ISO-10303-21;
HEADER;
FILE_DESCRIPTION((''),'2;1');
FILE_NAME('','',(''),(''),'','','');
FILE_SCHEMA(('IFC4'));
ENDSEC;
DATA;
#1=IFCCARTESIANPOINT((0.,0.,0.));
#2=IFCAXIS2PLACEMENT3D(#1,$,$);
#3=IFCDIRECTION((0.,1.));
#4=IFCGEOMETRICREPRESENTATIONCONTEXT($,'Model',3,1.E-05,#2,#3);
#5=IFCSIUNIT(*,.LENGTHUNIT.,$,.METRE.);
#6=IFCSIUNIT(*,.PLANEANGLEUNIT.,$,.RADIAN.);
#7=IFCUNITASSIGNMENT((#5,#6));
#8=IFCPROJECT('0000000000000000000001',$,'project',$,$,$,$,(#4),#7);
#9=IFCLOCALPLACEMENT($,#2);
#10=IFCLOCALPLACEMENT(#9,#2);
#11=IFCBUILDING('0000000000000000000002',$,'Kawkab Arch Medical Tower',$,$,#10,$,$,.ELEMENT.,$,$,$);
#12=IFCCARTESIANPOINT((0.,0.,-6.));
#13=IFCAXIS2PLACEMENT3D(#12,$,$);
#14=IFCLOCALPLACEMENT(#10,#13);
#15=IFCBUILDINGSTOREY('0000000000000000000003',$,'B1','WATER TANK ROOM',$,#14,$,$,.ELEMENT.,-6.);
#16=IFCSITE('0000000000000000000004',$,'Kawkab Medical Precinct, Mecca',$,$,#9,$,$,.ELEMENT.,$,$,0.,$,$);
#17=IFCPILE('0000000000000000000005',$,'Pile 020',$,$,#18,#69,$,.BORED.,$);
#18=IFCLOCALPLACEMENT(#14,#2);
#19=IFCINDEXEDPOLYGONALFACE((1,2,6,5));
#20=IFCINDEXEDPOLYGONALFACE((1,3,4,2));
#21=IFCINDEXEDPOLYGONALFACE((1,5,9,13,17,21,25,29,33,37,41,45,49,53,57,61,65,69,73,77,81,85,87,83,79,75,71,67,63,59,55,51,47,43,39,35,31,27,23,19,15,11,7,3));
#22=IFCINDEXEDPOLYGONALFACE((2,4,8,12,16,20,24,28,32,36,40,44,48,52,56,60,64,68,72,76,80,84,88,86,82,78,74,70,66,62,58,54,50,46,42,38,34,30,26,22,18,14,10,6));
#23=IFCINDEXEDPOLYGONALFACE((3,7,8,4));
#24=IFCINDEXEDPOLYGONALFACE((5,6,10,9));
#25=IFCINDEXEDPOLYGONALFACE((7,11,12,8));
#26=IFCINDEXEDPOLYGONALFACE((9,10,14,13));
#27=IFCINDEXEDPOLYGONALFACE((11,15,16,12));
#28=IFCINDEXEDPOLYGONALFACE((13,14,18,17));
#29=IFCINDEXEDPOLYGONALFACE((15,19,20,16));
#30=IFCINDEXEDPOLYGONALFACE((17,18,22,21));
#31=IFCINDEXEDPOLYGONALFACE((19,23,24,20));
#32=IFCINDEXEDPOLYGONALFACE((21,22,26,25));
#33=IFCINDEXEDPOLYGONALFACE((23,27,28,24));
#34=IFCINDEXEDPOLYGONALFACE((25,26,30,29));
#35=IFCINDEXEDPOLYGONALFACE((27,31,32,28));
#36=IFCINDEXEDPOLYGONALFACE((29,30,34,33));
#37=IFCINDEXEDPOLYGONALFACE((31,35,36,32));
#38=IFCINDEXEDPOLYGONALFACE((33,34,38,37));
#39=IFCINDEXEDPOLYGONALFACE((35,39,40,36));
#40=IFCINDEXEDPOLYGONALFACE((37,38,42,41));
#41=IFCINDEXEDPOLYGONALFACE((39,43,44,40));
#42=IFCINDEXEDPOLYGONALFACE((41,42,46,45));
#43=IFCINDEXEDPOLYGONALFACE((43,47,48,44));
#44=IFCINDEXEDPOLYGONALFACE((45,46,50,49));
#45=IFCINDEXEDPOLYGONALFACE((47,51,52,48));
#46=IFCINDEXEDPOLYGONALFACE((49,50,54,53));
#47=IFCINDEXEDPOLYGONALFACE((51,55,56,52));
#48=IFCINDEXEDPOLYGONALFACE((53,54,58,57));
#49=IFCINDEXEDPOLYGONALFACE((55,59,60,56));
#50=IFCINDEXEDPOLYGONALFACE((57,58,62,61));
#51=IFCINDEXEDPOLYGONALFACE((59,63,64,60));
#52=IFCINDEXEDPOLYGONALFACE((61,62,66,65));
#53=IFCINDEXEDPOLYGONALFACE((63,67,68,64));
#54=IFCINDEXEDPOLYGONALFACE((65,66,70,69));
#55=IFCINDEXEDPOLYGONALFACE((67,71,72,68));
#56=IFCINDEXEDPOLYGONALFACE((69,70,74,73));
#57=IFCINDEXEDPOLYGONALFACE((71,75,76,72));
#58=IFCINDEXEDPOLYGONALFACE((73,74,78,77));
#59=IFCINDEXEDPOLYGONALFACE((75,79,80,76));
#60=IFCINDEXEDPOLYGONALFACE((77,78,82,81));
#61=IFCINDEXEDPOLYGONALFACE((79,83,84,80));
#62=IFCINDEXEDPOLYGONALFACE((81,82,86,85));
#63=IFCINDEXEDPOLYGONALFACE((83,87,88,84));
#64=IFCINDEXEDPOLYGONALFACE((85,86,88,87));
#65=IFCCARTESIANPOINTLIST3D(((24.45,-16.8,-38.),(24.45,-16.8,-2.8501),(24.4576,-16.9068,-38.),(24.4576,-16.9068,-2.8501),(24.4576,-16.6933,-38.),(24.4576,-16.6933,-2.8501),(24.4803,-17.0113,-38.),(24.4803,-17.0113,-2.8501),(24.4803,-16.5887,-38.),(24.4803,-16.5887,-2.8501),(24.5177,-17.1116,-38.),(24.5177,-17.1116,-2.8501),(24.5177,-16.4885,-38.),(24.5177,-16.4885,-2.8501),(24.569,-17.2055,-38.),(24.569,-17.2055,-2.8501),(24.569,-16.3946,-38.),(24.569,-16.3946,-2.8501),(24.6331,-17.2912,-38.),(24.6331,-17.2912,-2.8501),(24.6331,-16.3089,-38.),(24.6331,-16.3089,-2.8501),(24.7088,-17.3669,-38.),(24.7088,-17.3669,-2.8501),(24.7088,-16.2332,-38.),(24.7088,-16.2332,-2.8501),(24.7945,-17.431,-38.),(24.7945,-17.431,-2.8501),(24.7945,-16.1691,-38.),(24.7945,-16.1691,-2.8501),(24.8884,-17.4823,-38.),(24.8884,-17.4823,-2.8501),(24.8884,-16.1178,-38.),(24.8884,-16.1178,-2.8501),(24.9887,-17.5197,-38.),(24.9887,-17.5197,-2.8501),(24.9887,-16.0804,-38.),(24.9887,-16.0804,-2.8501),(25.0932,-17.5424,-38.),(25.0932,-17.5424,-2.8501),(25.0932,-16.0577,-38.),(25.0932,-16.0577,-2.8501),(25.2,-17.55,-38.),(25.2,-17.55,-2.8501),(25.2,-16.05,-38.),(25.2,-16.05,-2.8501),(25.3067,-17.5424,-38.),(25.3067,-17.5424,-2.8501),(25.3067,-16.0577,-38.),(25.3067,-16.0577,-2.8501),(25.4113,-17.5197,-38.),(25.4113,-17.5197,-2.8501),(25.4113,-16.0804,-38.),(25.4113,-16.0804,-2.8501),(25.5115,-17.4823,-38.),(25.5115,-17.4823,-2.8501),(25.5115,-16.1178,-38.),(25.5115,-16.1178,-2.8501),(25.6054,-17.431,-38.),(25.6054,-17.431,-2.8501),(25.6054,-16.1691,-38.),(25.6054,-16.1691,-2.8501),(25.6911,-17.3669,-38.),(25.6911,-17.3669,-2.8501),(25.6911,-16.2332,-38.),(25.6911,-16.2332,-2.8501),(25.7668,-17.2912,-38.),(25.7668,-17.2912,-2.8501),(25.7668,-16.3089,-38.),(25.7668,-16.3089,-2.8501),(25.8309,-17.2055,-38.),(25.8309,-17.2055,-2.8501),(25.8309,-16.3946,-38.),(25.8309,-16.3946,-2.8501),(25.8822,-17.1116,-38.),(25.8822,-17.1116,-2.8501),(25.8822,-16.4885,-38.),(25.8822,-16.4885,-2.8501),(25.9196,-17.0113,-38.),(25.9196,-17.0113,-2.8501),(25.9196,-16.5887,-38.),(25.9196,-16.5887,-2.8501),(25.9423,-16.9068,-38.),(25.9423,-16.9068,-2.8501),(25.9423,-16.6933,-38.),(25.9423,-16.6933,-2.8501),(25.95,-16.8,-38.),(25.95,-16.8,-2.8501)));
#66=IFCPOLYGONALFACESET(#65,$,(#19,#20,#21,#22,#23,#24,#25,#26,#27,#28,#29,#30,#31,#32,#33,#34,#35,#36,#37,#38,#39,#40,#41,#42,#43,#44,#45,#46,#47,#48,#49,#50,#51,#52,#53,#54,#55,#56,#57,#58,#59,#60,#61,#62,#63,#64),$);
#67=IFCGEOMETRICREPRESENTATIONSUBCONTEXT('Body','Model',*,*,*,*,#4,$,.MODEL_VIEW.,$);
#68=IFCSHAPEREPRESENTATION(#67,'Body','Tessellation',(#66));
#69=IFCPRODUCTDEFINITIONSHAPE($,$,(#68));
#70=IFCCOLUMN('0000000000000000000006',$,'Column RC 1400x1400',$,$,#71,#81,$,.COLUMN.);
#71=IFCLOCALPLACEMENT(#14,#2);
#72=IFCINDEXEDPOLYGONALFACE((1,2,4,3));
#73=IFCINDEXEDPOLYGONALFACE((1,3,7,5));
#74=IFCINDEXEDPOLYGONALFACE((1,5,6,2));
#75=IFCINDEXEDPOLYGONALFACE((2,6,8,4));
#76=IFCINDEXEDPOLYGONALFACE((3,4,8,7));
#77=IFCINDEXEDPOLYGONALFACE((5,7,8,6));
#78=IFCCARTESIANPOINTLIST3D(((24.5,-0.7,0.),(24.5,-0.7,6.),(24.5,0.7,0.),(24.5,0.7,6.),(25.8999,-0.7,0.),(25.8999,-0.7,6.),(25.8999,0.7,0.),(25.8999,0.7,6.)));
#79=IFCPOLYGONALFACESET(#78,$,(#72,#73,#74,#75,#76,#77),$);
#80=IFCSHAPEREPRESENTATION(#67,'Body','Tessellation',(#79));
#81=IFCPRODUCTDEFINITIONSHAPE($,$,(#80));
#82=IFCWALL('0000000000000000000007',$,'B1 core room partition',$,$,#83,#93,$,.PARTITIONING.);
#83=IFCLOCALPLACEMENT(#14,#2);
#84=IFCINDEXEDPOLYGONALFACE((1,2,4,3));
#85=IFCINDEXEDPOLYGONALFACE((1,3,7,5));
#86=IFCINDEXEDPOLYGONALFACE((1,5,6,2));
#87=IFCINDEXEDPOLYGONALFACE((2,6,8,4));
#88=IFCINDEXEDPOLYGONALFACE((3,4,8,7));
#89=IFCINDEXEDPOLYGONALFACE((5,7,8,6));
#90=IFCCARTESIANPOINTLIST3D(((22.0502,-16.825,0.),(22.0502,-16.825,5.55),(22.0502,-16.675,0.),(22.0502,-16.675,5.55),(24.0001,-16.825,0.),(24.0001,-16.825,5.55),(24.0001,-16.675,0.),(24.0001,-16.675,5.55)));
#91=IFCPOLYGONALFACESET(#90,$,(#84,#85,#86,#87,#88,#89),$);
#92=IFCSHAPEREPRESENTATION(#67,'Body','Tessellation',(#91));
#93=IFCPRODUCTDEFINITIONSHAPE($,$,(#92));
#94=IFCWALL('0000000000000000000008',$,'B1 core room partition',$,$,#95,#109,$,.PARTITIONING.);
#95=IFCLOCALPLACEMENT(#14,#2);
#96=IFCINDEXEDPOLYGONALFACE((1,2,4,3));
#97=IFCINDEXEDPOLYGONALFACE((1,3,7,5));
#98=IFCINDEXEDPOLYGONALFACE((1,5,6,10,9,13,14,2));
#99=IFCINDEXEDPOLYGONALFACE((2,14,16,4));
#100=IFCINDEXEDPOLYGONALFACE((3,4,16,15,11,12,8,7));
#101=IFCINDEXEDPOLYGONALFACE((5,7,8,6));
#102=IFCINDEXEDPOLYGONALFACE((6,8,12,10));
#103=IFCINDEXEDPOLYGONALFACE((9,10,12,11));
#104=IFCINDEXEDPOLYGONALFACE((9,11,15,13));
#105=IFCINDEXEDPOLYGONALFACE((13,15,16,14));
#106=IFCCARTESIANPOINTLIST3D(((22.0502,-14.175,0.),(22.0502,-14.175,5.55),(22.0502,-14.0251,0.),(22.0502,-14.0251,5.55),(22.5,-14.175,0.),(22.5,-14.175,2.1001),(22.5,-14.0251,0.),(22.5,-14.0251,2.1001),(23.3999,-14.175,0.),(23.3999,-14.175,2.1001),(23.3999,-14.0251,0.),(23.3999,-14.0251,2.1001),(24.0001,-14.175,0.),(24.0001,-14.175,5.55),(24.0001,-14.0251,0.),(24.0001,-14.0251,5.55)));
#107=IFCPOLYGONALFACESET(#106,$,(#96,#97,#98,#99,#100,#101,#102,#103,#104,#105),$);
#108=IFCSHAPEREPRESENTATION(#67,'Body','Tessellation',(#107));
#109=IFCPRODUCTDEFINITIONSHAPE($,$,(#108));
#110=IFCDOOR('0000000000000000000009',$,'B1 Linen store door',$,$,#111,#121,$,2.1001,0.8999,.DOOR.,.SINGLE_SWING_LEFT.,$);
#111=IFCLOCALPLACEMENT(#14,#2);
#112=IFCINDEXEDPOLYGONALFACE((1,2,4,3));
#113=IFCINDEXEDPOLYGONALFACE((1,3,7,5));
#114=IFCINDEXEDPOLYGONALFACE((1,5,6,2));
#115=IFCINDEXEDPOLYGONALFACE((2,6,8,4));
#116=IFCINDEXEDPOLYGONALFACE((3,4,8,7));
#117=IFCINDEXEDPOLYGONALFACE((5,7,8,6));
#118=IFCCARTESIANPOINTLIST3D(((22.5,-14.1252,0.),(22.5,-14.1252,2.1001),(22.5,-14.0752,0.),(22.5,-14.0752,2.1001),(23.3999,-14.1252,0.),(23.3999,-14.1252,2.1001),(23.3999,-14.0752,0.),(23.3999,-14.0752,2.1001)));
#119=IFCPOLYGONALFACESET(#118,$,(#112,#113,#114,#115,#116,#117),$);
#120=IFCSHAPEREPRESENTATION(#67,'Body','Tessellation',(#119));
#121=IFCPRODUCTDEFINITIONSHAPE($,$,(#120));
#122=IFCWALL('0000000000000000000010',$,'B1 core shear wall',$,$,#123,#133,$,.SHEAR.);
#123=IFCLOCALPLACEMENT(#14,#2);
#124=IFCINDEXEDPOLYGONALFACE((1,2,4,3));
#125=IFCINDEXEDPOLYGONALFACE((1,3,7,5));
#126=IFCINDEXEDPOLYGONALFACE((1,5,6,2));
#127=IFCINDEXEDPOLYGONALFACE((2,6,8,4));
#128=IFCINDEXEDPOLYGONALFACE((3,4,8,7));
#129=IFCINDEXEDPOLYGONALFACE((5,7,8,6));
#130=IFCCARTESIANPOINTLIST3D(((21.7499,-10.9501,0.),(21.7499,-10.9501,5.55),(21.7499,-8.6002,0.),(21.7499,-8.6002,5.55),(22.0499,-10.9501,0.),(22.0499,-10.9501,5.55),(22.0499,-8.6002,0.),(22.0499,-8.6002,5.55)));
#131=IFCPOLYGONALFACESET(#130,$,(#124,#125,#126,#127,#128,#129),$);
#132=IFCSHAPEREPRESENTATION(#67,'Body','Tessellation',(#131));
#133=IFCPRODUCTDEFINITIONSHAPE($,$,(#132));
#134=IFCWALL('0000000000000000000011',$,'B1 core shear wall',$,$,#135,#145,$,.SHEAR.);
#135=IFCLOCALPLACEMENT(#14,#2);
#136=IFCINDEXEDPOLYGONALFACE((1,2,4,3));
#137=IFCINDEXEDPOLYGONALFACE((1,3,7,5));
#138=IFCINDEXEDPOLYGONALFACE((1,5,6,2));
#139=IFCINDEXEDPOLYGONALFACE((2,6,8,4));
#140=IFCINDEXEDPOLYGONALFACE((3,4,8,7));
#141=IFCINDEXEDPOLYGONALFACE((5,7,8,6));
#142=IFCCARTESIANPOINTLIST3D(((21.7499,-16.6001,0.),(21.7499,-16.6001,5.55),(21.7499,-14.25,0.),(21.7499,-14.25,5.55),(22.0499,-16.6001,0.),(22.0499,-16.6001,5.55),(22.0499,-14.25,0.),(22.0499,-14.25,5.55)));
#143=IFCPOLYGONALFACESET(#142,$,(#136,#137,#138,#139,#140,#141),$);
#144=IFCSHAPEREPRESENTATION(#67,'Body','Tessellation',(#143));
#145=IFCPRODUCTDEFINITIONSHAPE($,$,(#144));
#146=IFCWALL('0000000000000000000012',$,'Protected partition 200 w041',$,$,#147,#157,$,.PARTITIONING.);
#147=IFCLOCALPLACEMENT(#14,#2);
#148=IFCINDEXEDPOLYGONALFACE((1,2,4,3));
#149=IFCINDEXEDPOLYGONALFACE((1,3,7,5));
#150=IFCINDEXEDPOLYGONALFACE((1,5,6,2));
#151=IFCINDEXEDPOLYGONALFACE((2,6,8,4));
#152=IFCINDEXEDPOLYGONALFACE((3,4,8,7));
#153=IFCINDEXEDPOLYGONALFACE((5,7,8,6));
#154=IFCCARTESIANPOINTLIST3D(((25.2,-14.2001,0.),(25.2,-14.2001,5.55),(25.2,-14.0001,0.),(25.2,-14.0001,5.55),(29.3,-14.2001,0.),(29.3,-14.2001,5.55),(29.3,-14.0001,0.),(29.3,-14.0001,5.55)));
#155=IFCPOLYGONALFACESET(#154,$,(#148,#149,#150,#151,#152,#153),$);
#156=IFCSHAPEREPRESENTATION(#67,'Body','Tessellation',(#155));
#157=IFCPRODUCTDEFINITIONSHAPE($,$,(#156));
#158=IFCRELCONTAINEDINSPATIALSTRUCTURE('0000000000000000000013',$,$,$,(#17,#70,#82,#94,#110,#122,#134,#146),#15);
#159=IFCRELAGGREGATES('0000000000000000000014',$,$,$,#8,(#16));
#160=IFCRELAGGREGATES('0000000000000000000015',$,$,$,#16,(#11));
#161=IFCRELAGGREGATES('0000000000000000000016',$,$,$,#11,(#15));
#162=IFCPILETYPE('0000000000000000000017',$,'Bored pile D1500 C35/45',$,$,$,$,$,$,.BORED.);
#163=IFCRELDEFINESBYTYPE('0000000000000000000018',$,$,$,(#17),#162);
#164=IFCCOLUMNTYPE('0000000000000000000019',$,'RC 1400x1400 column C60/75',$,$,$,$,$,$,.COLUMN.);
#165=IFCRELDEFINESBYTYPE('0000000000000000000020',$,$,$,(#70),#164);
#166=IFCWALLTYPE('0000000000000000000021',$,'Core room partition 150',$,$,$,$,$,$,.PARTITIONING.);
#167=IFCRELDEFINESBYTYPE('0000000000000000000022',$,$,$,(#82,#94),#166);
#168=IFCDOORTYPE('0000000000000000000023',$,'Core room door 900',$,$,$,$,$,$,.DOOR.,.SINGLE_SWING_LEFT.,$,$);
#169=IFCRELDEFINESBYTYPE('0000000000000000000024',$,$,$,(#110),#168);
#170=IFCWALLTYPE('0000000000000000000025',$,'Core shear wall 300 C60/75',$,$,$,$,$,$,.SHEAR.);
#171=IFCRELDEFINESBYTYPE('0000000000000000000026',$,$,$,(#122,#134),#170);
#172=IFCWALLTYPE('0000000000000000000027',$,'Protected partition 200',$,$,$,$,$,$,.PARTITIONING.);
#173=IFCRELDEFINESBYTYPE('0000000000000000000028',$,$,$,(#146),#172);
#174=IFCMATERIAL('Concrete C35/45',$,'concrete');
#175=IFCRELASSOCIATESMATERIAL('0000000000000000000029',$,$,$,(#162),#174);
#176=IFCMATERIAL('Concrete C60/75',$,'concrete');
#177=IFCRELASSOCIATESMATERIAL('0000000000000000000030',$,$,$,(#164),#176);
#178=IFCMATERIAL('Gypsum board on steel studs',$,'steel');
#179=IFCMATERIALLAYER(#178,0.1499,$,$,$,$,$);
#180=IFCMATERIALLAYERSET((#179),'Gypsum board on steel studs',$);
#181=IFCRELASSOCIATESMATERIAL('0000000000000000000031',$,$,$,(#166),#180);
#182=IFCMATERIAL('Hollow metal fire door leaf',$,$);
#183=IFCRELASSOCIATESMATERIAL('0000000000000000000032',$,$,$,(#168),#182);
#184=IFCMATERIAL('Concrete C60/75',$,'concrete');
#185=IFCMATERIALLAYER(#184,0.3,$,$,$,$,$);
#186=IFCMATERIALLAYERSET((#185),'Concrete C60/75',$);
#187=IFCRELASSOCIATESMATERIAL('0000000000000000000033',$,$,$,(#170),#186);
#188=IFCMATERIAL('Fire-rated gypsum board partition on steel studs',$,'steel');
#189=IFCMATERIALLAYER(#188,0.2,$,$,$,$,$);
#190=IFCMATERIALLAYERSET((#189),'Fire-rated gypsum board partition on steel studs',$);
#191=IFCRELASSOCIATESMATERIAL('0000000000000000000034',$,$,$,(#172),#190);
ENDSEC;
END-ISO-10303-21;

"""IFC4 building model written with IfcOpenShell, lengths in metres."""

from ifc_helpers import new_model, si_unit, direction, frame, frame_2d, origin, origin_2d, place, context, subcontext, project, spatial, rectangle, circle, extrude, material, layer, layer_set, material_profile, profile_set, type_object, element, fill, save


model = new_model("IFC4")

# Units and contexts
model_context = context("Model", 3, precision=1e-05, world=origin(), true_north=direction((0.0, 1.0)))
body_context = subcontext(model_context, "Body", "Model", "MODEL_VIEW")
ifc_project = project(units=[si_unit("LENGTHUNIT", "METRE"), si_unit("PLANEANGLEUNIT", "RADIAN")], contexts=[model_context])

# Site, building, storey
site_placement = place(None, origin())
site = spatial("IfcSite", under=ifc_project, at=site_placement, Name="Kawkab Medical Precinct, Mecca", CompositionType="ELEMENT", RefElevation=0.0)
building_placement = place(site_placement, origin())
building = spatial("IfcBuilding", under=site, at=building_placement, Name="Kawkab Arch Medical Tower", CompositionType="ELEMENT")
storey_placement = place(building_placement, frame((0.0, 0.0, -6.0)))
storey = spatial("IfcBuildingStorey", under=building, at=storey_placement, Name="B1", Description="WATER TANK ROOM", CompositionType="ELEMENT", Elevation=-6.0)

# Pile
ifc_material_1 = material(Name="Concrete C35/45", Category="concrete")
ifc_material_profile_1 = material_profile(ifc_material_1, circle(Radius=0.75, at=origin_2d()), Name="Bored pile D1500")
ifc_profile_set_1 = profile_set([ifc_material_profile_1], Name="Concrete C35/45")
pile_type_1 = type_object("IfcPileType", Name="Bored pile D1500 C35/45", PredefinedType="BORED", material=ifc_profile_set_1)
for number, where, z_axis, x_axis, name in (
    (1, (25.2, -16.8, -2.8501), (0.0, 0.0, -1.0), (1.0, 0.0, 0.0), "Pile 020"),
):
    element("IfcPile", number, at=place(storey_placement, frame(where, z_axis=z_axis, x_axis=x_axis)), inside=storey, type_object=pile_type_1, Name=name, PredefinedType="BORED", context=body_context, shape_type="SweptSolid", body=[
        extrude(circle(Radius=0.75, at=origin_2d()), origin(), (0.0, 0.0, 1.0), 35.1499),
    ])

# Column
ifc_material_2 = material(Name="Concrete C60/75", Category="concrete")
ifc_material_profile_2 = material_profile(ifc_material_2, rectangle(XDim=1.3999, YDim=1.3999, at=origin_2d()), Name="RC 1400x1400")
ifc_profile_set_2 = profile_set([ifc_material_profile_2], Name="Concrete C60/75")
column_type = type_object("IfcColumnType", Name="RC 1400x1400 column C60/75", PredefinedType="COLUMN", material=ifc_profile_set_2)
column_placement = place(storey_placement, frame((25.2, 0.0, 0.0), z_axis=(0.0, 0.0, 1.0), x_axis=(1.0, 0.0, 0.0)))
element("IfcColumn", 2, at=column_placement, inside=storey, type_object=column_type, Name="Column RC 1400x1400", PredefinedType="COLUMN", context=body_context, shape_type="SweptSolid", body=[
    extrude(rectangle(XDim=1.3999, YDim=1.3999, at=origin_2d()), origin(), (0.0, 0.0, 1.0), 6.0),
])

# Wall
ifc_material_3 = material(Name="Gypsum board on steel studs", Category="steel")
ifc_layer_1 = layer(ifc_material_3, 0.1499)
ifc_layer_set_1 = layer_set([ifc_layer_1], Name="Gypsum board on steel studs")
wall_type_1 = type_object("IfcWallType", Name="Core room partition 150", PredefinedType="PARTITIONING", material=ifc_layer_set_1)
wall_1_placement = place(storey_placement, frame((22.05, -16.75, 0.0), z_axis=(0.0, 0.0, 1.0), x_axis=(1.0, 0.0, 0.0)))
element("IfcWall", 3, at=wall_1_placement, inside=storey, type_object=wall_type_1, Name="B1 core room partition", PredefinedType="PARTITIONING", context=body_context, shape_type="SweptSolid", body=[
    extrude(rectangle(XDim=1.95, YDim=0.1499, at=frame_2d((0.9751, 0.0))), origin(), (0.0, 0.0, 1.0), 5.55),
])

# Wall, opening, door
wall_2_placement = place(storey_placement, frame((22.05, -14.1001, 0.0), z_axis=(0.0, 0.0, 1.0), x_axis=(1.0, 0.0, 0.0)))
wall_2 = element("IfcWall", 4, at=wall_2_placement, inside=storey, type_object=wall_type_1, Name="B1 core room partition", PredefinedType="PARTITIONING", context=body_context, shape_type="SweptSolid", body=[
    extrude(rectangle(XDim=1.95, YDim=0.1499, at=frame_2d((0.9751, 0.0))), origin(), (0.0, 0.0, 1.0), 5.55),
])
opening_1_placement = place(wall_2_placement, frame((0.45, 0.0, 0.0)))
opening_1 = element("IfcOpeningElement", 5, at=opening_1_placement, cuts=wall_2, PredefinedType="OPENING", context=body_context, shape_type="SweptSolid", body=[
    extrude(rectangle(XDim=0.8999, YDim=2.1001, at=frame_2d((0.45, 1.05))), frame((0.0, 0.085, 0.0), z_axis=(0.0, -1.0, 0.0), x_axis=(1.0, 0.0, 0.0)), (0.0, 0.0, 1.0), 0.1699),
])
ifc_material_4 = material(Name="Hollow metal fire door leaf")
door_type_1 = type_object("IfcDoorType", Name="Core room door 900", OperationType="SINGLE_SWING_LEFT", PredefinedType="DOOR", material=ifc_material_4)
door_1_placement = place(opening_1_placement, origin())
door_1 = element("IfcDoor", 6, at=door_1_placement, inside=storey, type_object=door_type_1, Name="B1 Linen store door", OperationType="SINGLE_SWING_LEFT", OverallHeight=2.1001, OverallWidth=0.8999, PredefinedType="DOOR", context=body_context, shape_type="SweptSolid", body=[
    extrude(rectangle(XDim=0.8999, YDim=2.1001, at=frame_2d((0.45, 1.05))), frame((0.0, 0.0249, 0.0), z_axis=(0.0, -1.0, 0.0), x_axis=(1.0, 0.0, 0.0)), (0.0, 0.0, 1.0), 0.05),
])
fill(opening_1, door_1)

# Walls
ifc_material_5 = material(Name="Concrete C60/75", Category="concrete")
ifc_layer_2 = layer(ifc_material_5, 0.3)
ifc_layer_set_2 = layer_set([ifc_layer_2], Name="Concrete C60/75")
wall_type_2 = type_object("IfcWallType", Name="Core shear wall 300 C60/75", PredefinedType="SHEAR", material=ifc_layer_set_2)
wall_3_placement = place(storey_placement, frame((21.8999, -10.95, 0.0), z_axis=(0.0, 0.0, 1.0), x_axis=(0.0, 1.0, 0.0)))
element("IfcWall", 7, at=wall_3_placement, inside=storey, type_object=wall_type_2, Name="B1 core shear wall", PredefinedType="SHEAR", context=body_context, shape_type="SweptSolid", body=[
    extrude(rectangle(XDim=2.3499, YDim=0.3, at=frame_2d((1.1748, 0.0))), origin(), (0.0, 0.0, 1.0), 5.55),
])
wall_4_placement = place(storey_placement, frame((21.8999, -16.6001, 0.0), z_axis=(0.0, 0.0, 1.0), x_axis=(0.0, 1.0, 0.0)))
element("IfcWall", 8, at=wall_4_placement, inside=storey, type_object=wall_type_2, Name="B1 core shear wall", PredefinedType="SHEAR", context=body_context, shape_type="SweptSolid", body=[
    extrude(rectangle(XDim=2.3501, YDim=0.3, at=frame_2d((1.175, 0.0))), origin(), (0.0, 0.0, 1.0), 5.55),
])
ifc_material_6 = material(Name="Fire-rated gypsum board partition on steel studs", Category="steel")
ifc_layer_3 = layer(ifc_material_6, 0.2)
ifc_layer_set_3 = layer_set([ifc_layer_3], Name="Fire-rated gypsum board partition on steel studs")
wall_type_3 = type_object("IfcWallType", Name="Protected partition 200", PredefinedType="PARTITIONING", material=ifc_layer_set_3)
wall_5_placement = place(storey_placement, frame((25.2, -14.1001, 0.0), z_axis=(0.0, 0.0, 1.0), x_axis=(1.0, 0.0, 0.0)))
element("IfcWall", 9, at=wall_5_placement, inside=storey, type_object=wall_type_3, Name="Protected partition 200 w041", PredefinedType="PARTITIONING", context=body_context, shape_type="SweptSolid", body=[
    extrude(rectangle(XDim=4.1001, YDim=0.2, at=frame_2d((2.05, 0.0))), origin(), (0.0, 0.0, 1.0), 5.55),
])

save(model, "model.ifc")
